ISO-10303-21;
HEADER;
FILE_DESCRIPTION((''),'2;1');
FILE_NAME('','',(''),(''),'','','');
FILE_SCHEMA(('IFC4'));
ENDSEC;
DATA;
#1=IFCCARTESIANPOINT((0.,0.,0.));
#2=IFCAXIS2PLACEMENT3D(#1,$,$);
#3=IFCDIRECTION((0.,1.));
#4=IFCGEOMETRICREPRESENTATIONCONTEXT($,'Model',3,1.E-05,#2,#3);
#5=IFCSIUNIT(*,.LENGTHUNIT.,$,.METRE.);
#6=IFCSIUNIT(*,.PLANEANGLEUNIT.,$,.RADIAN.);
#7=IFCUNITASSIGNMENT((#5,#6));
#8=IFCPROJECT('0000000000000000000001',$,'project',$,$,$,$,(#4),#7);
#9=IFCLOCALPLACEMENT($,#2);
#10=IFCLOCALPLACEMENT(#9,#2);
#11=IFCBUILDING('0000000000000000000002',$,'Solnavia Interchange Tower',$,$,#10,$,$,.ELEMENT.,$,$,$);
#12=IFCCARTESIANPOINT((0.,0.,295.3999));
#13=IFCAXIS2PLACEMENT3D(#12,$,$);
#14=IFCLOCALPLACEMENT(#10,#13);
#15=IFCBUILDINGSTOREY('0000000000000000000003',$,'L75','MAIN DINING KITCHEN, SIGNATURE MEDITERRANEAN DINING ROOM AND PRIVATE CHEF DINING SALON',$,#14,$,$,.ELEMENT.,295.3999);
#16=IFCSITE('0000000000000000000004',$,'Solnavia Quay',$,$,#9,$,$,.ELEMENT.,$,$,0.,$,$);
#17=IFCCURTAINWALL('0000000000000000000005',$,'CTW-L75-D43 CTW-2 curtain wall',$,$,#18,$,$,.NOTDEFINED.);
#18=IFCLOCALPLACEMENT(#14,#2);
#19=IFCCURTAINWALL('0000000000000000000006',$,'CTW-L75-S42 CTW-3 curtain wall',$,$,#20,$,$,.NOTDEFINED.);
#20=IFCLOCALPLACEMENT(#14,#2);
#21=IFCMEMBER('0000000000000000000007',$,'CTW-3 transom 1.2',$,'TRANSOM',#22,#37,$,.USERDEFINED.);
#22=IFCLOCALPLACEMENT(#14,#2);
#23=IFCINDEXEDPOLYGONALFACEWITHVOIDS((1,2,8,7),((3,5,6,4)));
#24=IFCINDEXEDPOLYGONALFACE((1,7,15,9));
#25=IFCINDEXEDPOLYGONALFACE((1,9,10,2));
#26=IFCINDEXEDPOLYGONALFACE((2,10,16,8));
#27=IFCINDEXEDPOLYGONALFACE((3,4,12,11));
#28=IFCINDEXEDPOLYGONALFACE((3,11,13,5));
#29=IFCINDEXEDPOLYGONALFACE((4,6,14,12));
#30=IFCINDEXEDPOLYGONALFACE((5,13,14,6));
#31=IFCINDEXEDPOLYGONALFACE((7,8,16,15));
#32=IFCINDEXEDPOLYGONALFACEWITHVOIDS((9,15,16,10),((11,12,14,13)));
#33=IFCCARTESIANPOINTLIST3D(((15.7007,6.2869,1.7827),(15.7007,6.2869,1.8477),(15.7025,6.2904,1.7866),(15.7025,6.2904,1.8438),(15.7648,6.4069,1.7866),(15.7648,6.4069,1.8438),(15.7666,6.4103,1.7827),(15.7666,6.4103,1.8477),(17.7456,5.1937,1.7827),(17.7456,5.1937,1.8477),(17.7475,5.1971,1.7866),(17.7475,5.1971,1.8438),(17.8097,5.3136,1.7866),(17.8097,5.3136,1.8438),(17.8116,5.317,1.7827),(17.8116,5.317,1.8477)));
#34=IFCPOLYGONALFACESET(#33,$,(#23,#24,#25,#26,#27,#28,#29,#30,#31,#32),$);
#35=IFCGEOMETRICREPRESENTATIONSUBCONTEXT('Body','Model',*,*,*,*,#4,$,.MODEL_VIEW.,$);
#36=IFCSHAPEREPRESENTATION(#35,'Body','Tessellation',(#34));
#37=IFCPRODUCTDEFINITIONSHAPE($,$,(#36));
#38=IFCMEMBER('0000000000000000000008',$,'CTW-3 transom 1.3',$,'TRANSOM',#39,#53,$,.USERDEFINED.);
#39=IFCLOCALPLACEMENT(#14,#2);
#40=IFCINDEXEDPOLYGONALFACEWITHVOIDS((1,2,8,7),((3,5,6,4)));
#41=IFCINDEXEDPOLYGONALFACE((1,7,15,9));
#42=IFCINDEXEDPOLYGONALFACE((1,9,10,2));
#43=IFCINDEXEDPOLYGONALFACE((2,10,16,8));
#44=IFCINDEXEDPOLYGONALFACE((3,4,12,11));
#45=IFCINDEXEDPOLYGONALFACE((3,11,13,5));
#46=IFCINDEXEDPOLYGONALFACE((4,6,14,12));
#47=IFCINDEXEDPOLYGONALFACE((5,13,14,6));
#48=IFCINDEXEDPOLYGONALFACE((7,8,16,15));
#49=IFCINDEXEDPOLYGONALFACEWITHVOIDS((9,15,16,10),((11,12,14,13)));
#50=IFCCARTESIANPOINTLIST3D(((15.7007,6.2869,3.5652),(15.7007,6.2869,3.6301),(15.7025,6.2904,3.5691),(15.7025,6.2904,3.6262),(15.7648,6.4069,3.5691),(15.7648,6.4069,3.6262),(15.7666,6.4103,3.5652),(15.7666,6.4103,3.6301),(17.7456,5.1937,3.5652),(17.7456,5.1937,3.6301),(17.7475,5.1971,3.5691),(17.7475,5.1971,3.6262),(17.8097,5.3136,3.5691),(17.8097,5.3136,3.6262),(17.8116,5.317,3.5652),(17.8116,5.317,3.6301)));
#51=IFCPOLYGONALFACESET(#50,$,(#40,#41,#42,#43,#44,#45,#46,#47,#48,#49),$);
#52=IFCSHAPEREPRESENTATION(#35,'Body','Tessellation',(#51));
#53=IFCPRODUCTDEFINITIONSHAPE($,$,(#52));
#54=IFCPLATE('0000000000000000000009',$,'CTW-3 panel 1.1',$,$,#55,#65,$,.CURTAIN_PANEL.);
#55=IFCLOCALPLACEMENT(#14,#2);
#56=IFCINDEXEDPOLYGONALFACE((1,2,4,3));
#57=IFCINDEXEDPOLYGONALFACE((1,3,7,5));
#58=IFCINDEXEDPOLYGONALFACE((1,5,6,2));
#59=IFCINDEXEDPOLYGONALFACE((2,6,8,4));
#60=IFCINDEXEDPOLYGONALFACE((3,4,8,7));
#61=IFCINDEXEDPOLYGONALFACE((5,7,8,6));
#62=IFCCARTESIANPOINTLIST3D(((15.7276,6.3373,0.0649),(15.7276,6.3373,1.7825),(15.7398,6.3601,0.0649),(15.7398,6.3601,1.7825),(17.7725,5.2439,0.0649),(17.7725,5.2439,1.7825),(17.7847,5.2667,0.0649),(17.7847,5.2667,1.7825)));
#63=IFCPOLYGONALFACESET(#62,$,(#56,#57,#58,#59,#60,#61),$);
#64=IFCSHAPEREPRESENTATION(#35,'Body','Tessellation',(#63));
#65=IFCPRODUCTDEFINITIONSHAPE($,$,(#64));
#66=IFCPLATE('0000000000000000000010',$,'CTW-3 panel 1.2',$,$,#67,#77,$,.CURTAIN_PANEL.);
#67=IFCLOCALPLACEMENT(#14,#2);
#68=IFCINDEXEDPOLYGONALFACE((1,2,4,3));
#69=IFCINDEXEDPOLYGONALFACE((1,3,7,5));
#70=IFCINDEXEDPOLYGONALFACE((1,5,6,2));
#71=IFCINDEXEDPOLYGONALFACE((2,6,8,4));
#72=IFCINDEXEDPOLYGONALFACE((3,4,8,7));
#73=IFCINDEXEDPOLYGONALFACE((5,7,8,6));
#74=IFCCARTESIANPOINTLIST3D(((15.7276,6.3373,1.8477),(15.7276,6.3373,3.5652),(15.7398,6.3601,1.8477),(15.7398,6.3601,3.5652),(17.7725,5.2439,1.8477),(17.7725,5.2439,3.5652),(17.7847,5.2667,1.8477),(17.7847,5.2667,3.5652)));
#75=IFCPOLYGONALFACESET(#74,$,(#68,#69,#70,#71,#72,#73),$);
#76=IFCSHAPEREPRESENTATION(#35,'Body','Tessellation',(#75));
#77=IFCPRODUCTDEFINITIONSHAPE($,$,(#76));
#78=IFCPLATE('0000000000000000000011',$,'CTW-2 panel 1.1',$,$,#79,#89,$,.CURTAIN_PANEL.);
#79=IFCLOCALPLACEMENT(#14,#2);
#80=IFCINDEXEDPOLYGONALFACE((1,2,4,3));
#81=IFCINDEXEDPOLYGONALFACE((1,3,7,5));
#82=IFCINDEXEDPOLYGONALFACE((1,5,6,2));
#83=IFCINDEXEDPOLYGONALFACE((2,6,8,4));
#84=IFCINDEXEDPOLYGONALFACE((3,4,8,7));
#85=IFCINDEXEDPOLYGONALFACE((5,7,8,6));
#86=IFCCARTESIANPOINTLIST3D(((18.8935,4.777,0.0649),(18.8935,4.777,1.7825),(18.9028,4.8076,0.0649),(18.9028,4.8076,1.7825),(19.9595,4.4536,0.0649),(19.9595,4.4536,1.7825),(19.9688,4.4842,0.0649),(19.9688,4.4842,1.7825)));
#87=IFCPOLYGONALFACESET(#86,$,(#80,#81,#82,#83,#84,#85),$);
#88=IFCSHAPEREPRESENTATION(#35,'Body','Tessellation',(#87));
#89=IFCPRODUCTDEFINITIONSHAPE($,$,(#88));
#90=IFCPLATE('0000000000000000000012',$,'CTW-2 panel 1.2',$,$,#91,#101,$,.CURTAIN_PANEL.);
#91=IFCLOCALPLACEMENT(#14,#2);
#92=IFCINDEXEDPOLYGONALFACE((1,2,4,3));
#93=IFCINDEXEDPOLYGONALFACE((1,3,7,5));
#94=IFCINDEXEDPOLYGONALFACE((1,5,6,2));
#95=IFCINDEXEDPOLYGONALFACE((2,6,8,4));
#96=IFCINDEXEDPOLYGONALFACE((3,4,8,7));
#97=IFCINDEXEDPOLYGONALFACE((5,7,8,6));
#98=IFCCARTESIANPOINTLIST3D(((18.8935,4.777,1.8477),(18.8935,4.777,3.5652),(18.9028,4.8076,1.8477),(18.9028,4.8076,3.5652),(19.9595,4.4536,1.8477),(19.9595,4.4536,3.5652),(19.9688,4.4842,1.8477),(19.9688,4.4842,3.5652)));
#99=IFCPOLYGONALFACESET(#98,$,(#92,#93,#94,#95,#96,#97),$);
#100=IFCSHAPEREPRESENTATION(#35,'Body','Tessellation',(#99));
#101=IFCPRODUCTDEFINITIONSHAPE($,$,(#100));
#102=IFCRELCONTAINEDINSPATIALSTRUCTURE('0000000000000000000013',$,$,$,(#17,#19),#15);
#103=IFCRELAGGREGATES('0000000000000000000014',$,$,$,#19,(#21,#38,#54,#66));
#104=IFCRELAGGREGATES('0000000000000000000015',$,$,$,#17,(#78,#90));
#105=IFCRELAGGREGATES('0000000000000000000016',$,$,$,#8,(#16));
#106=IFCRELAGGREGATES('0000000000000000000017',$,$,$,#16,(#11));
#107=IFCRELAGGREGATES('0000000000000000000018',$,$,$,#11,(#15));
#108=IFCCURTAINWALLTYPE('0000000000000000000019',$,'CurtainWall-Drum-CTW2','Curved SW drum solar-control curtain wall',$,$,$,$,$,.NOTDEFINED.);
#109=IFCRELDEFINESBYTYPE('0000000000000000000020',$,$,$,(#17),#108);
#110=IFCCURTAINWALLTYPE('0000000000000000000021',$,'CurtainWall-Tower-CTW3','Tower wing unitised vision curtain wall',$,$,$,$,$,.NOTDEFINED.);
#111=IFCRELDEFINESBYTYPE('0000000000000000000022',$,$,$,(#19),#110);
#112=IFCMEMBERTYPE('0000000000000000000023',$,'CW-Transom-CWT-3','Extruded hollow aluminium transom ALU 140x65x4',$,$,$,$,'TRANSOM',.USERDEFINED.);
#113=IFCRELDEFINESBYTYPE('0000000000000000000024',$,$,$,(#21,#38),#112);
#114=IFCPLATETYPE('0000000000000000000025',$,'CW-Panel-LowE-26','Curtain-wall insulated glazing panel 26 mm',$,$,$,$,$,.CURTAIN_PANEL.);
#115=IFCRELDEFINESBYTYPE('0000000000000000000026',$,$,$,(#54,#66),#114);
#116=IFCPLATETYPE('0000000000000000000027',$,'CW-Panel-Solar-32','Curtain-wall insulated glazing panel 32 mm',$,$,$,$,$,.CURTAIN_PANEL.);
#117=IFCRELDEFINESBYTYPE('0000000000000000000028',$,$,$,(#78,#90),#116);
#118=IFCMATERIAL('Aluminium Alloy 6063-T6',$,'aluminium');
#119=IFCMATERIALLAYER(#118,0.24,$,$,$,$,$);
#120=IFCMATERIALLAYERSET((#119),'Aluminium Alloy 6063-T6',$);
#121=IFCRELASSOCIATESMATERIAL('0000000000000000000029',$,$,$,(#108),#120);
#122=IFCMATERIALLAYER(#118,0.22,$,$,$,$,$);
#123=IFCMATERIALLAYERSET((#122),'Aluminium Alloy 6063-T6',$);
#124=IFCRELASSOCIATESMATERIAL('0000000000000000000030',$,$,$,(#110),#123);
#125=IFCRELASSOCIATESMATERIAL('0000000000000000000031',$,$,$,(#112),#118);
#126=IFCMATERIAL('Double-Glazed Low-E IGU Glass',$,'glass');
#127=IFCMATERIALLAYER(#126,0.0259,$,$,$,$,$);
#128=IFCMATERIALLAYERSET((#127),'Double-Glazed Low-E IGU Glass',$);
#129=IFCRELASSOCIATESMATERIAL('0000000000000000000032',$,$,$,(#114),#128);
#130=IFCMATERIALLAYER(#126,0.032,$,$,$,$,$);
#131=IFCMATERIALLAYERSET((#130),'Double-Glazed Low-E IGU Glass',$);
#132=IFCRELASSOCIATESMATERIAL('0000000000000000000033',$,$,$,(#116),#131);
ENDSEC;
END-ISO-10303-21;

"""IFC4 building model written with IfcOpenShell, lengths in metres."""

from ifc_helpers import new_model, si_unit, direction, frame, origin, origin_2d, place, context, subcontext, project, spatial, rectangle, hollow_rectangle, extrude, material, layer, layer_set, material_profile, profile_set, type_object, element, aggregate, save


model = new_model("IFC4")

# Units and contexts
model_context = context("Model", 3, precision=1e-05, world=origin(), true_north=direction((0.0, 1.0)))
body_context = subcontext(model_context, "Body", "Model", "MODEL_VIEW")
ifc_project = project(units=[si_unit("LENGTHUNIT", "METRE"), si_unit("PLANEANGLEUNIT", "RADIAN")], contexts=[model_context])

# Site, building, storey
site_placement = place(None, origin())
site = spatial("IfcSite", under=ifc_project, at=site_placement, Name="Solnavia Quay", CompositionType="ELEMENT", RefElevation=0.0)
building_placement = place(site_placement, origin())
building = spatial("IfcBuilding", under=site, at=building_placement, Name="Solnavia Interchange Tower", CompositionType="ELEMENT")
storey_placement = place(building_placement, frame((0.0, 0.0, 295.3999)))
storey = spatial("IfcBuildingStorey", under=building, at=storey_placement, Name="L75", Description="MAIN DINING KITCHEN, SIGNATURE MEDITERRANEAN DINING ROOM AND PRIVATE CHEF DINING SALON", CompositionType="ELEMENT", Elevation=295.3999)

# Shared definitions
ifc_material_1 = material(Name="Aluminium Alloy 6063-T6", Category="aluminium")
ifc_layer_1 = layer(ifc_material_1, 0.24)
ifc_layer_set_1 = layer_set([ifc_layer_1], Name="Aluminium Alloy 6063-T6")
curtain_wall_type_1 = type_object("IfcCurtainWallType", Name="CurtainWall-Drum-CTW2", Description="Curved SW drum solar-control curtain wall", PredefinedType="NOTDEFINED", material=ifc_layer_set_1)

# Curtain walls
curtain_wall_1_placement = place(storey_placement, origin())
curtain_wall_1 = element("IfcCurtainWall", 1, at=curtain_wall_1_placement, inside=storey, type_object=curtain_wall_type_1, Name="CTW-L75-D43 CTW-2 curtain wall", PredefinedType="NOTDEFINED")
ifc_layer_2 = layer(ifc_material_1, 0.22)
ifc_layer_set_2 = layer_set([ifc_layer_2], Name="Aluminium Alloy 6063-T6")
curtain_wall_type_2 = type_object("IfcCurtainWallType", Name="CurtainWall-Tower-CTW3", Description="Tower wing unitised vision curtain wall", PredefinedType="NOTDEFINED", material=ifc_layer_set_2)
curtain_wall_2_placement = place(storey_placement, origin())
curtain_wall_2 = element("IfcCurtainWall", 2, at=curtain_wall_2_placement, inside=storey, type_object=curtain_wall_type_2, Name="CTW-L75-S42 CTW-3 curtain wall", PredefinedType="NOTDEFINED")

# Members
ifc_material_profile_1 = material_profile(ifc_material_1, hollow_rectangle(XDim=0.0649, YDim=0.1399, WallThickness=0.0039, at=origin_2d()), Name="ALU 140x65x4")
ifc_profile_set_1 = profile_set([ifc_material_profile_1], Name="Aluminium Alloy 6063-T6")
member_type_1 = type_object("IfcMemberType", Name="CW-Transom-CWT-3", Description="Extruded hollow aluminium transom ALU 140x65x4", ElementType="TRANSOM", PredefinedType="USERDEFINED", material=ifc_profile_set_1)
member_1_placement = place(storey_placement, frame((15.7336, 6.3486, 1.8152), z_axis=(0.88188, -0.471473, 0.0), x_axis=(0.0, 0.0, 1.0)))
member_1 = element("IfcMember", 3, at=member_1_placement, type_object=member_type_1, Name="CTW-3 transom 1.2", ObjectType="TRANSOM", PredefinedType="USERDEFINED", context=body_context, shape_type="SweptSolid", body=[
    extrude(hollow_rectangle(XDim=0.0649, YDim=0.1399, WallThickness=0.0039, at=origin_2d()), origin(), (0.0, 0.0, 1.0), 2.3188),
])
member_2_placement = place(storey_placement, frame((15.7336, 6.3486, 3.5977), z_axis=(0.88188, -0.471473, 0.0), x_axis=(0.0, 0.0, 1.0)))
member_2 = element("IfcMember", 4, at=member_2_placement, type_object=member_type_1, Name="CTW-3 transom 1.3", ObjectType="TRANSOM", PredefinedType="USERDEFINED", context=body_context, shape_type="SweptSolid", body=[
    extrude(hollow_rectangle(XDim=0.0649, YDim=0.1399, WallThickness=0.0039, at=origin_2d()), origin(), (0.0, 0.0, 1.0), 2.3188),
])

# Plates
ifc_material_2 = material(Name="Double-Glazed Low-E IGU Glass", Category="glass")
ifc_layer_3 = layer(ifc_material_2, 0.0259)
ifc_layer_set_3 = layer_set([ifc_layer_3], Name="Double-Glazed Low-E IGU Glass")
plate_type_1 = type_object("IfcPlateType", Name="CW-Panel-LowE-26", Description="Curtain-wall insulated glazing panel 26 mm", PredefinedType="CURTAIN_PANEL", material=ifc_layer_set_3)
plate_1_placement = place(storey_placement, frame((16.7561, 5.802, 0.0649), z_axis=(0.0, 0.0, 1.0), x_axis=(0.881859, -0.471513, 0.0)))
plate_1 = element("IfcPlate", 5, at=plate_1_placement, type_object=plate_type_1, Name="CTW-3 panel 1.1", PredefinedType="CURTAIN_PANEL", context=body_context, shape_type="SweptSolid", body=[
    extrude(rectangle(XDim=2.3188, YDim=0.0259, at=origin_2d()), origin(), (0.0, 0.0, 1.0), 1.7175),
])
plate_2_placement = place(storey_placement, frame((16.7561, 5.802, 1.8477), z_axis=(0.0, 0.0, 1.0), x_axis=(0.881859, -0.471513, 0.0)))
plate_2 = element("IfcPlate", 6, at=plate_2_placement, type_object=plate_type_1, Name="CTW-3 panel 1.2", PredefinedType="CURTAIN_PANEL", context=body_context, shape_type="SweptSolid", body=[
    extrude(rectangle(XDim=2.3188, YDim=0.0259, at=origin_2d()), origin(), (0.0, 0.0, 1.0), 1.7175),
])
aggregate(curtain_wall_2, [member_1, member_2, plate_1, plate_2])
ifc_layer_4 = layer(ifc_material_2, 0.032)
ifc_layer_set_4 = layer_set([ifc_layer_4], Name="Double-Glazed Low-E IGU Glass")
plate_type_2 = type_object("IfcPlateType", Name="CW-Panel-Solar-32", Description="Curtain-wall insulated glazing panel 32 mm", PredefinedType="CURTAIN_PANEL", material=ifc_layer_set_4)
plate_3_placement = place(storey_placement, frame((19.4312, 4.6306, 0.0649), z_axis=(0.0, 0.0, 1.0), x_axis=(0.956942, -0.290279, 0.0)))
plate_3 = element("IfcPlate", 7, at=plate_3_placement, type_object=plate_type_2, Name="CTW-2 panel 1.1", PredefinedType="CURTAIN_PANEL", context=body_context, shape_type="SweptSolid", body=[
    extrude(rectangle(XDim=1.114, YDim=0.032, at=origin_2d()), origin(), (0.0, 0.0, 1.0), 1.7175),
])
plate_4_placement = place(storey_placement, frame((19.4312, 4.6306, 1.8477), z_axis=(0.0, 0.0, 1.0), x_axis=(0.956942, -0.290279, 0.0)))
plate_4 = element("IfcPlate", 8, at=plate_4_placement, type_object=plate_type_2, Name="CTW-2 panel 1.2", PredefinedType="CURTAIN_PANEL", context=body_context, shape_type="SweptSolid", body=[
    extrude(rectangle(XDim=1.114, YDim=0.032, at=origin_2d()), origin(), (0.0, 0.0, 1.0), 1.7175),
])
aggregate(curtain_wall_1, [plate_3, plate_4])

save(model, "model.ifc")
